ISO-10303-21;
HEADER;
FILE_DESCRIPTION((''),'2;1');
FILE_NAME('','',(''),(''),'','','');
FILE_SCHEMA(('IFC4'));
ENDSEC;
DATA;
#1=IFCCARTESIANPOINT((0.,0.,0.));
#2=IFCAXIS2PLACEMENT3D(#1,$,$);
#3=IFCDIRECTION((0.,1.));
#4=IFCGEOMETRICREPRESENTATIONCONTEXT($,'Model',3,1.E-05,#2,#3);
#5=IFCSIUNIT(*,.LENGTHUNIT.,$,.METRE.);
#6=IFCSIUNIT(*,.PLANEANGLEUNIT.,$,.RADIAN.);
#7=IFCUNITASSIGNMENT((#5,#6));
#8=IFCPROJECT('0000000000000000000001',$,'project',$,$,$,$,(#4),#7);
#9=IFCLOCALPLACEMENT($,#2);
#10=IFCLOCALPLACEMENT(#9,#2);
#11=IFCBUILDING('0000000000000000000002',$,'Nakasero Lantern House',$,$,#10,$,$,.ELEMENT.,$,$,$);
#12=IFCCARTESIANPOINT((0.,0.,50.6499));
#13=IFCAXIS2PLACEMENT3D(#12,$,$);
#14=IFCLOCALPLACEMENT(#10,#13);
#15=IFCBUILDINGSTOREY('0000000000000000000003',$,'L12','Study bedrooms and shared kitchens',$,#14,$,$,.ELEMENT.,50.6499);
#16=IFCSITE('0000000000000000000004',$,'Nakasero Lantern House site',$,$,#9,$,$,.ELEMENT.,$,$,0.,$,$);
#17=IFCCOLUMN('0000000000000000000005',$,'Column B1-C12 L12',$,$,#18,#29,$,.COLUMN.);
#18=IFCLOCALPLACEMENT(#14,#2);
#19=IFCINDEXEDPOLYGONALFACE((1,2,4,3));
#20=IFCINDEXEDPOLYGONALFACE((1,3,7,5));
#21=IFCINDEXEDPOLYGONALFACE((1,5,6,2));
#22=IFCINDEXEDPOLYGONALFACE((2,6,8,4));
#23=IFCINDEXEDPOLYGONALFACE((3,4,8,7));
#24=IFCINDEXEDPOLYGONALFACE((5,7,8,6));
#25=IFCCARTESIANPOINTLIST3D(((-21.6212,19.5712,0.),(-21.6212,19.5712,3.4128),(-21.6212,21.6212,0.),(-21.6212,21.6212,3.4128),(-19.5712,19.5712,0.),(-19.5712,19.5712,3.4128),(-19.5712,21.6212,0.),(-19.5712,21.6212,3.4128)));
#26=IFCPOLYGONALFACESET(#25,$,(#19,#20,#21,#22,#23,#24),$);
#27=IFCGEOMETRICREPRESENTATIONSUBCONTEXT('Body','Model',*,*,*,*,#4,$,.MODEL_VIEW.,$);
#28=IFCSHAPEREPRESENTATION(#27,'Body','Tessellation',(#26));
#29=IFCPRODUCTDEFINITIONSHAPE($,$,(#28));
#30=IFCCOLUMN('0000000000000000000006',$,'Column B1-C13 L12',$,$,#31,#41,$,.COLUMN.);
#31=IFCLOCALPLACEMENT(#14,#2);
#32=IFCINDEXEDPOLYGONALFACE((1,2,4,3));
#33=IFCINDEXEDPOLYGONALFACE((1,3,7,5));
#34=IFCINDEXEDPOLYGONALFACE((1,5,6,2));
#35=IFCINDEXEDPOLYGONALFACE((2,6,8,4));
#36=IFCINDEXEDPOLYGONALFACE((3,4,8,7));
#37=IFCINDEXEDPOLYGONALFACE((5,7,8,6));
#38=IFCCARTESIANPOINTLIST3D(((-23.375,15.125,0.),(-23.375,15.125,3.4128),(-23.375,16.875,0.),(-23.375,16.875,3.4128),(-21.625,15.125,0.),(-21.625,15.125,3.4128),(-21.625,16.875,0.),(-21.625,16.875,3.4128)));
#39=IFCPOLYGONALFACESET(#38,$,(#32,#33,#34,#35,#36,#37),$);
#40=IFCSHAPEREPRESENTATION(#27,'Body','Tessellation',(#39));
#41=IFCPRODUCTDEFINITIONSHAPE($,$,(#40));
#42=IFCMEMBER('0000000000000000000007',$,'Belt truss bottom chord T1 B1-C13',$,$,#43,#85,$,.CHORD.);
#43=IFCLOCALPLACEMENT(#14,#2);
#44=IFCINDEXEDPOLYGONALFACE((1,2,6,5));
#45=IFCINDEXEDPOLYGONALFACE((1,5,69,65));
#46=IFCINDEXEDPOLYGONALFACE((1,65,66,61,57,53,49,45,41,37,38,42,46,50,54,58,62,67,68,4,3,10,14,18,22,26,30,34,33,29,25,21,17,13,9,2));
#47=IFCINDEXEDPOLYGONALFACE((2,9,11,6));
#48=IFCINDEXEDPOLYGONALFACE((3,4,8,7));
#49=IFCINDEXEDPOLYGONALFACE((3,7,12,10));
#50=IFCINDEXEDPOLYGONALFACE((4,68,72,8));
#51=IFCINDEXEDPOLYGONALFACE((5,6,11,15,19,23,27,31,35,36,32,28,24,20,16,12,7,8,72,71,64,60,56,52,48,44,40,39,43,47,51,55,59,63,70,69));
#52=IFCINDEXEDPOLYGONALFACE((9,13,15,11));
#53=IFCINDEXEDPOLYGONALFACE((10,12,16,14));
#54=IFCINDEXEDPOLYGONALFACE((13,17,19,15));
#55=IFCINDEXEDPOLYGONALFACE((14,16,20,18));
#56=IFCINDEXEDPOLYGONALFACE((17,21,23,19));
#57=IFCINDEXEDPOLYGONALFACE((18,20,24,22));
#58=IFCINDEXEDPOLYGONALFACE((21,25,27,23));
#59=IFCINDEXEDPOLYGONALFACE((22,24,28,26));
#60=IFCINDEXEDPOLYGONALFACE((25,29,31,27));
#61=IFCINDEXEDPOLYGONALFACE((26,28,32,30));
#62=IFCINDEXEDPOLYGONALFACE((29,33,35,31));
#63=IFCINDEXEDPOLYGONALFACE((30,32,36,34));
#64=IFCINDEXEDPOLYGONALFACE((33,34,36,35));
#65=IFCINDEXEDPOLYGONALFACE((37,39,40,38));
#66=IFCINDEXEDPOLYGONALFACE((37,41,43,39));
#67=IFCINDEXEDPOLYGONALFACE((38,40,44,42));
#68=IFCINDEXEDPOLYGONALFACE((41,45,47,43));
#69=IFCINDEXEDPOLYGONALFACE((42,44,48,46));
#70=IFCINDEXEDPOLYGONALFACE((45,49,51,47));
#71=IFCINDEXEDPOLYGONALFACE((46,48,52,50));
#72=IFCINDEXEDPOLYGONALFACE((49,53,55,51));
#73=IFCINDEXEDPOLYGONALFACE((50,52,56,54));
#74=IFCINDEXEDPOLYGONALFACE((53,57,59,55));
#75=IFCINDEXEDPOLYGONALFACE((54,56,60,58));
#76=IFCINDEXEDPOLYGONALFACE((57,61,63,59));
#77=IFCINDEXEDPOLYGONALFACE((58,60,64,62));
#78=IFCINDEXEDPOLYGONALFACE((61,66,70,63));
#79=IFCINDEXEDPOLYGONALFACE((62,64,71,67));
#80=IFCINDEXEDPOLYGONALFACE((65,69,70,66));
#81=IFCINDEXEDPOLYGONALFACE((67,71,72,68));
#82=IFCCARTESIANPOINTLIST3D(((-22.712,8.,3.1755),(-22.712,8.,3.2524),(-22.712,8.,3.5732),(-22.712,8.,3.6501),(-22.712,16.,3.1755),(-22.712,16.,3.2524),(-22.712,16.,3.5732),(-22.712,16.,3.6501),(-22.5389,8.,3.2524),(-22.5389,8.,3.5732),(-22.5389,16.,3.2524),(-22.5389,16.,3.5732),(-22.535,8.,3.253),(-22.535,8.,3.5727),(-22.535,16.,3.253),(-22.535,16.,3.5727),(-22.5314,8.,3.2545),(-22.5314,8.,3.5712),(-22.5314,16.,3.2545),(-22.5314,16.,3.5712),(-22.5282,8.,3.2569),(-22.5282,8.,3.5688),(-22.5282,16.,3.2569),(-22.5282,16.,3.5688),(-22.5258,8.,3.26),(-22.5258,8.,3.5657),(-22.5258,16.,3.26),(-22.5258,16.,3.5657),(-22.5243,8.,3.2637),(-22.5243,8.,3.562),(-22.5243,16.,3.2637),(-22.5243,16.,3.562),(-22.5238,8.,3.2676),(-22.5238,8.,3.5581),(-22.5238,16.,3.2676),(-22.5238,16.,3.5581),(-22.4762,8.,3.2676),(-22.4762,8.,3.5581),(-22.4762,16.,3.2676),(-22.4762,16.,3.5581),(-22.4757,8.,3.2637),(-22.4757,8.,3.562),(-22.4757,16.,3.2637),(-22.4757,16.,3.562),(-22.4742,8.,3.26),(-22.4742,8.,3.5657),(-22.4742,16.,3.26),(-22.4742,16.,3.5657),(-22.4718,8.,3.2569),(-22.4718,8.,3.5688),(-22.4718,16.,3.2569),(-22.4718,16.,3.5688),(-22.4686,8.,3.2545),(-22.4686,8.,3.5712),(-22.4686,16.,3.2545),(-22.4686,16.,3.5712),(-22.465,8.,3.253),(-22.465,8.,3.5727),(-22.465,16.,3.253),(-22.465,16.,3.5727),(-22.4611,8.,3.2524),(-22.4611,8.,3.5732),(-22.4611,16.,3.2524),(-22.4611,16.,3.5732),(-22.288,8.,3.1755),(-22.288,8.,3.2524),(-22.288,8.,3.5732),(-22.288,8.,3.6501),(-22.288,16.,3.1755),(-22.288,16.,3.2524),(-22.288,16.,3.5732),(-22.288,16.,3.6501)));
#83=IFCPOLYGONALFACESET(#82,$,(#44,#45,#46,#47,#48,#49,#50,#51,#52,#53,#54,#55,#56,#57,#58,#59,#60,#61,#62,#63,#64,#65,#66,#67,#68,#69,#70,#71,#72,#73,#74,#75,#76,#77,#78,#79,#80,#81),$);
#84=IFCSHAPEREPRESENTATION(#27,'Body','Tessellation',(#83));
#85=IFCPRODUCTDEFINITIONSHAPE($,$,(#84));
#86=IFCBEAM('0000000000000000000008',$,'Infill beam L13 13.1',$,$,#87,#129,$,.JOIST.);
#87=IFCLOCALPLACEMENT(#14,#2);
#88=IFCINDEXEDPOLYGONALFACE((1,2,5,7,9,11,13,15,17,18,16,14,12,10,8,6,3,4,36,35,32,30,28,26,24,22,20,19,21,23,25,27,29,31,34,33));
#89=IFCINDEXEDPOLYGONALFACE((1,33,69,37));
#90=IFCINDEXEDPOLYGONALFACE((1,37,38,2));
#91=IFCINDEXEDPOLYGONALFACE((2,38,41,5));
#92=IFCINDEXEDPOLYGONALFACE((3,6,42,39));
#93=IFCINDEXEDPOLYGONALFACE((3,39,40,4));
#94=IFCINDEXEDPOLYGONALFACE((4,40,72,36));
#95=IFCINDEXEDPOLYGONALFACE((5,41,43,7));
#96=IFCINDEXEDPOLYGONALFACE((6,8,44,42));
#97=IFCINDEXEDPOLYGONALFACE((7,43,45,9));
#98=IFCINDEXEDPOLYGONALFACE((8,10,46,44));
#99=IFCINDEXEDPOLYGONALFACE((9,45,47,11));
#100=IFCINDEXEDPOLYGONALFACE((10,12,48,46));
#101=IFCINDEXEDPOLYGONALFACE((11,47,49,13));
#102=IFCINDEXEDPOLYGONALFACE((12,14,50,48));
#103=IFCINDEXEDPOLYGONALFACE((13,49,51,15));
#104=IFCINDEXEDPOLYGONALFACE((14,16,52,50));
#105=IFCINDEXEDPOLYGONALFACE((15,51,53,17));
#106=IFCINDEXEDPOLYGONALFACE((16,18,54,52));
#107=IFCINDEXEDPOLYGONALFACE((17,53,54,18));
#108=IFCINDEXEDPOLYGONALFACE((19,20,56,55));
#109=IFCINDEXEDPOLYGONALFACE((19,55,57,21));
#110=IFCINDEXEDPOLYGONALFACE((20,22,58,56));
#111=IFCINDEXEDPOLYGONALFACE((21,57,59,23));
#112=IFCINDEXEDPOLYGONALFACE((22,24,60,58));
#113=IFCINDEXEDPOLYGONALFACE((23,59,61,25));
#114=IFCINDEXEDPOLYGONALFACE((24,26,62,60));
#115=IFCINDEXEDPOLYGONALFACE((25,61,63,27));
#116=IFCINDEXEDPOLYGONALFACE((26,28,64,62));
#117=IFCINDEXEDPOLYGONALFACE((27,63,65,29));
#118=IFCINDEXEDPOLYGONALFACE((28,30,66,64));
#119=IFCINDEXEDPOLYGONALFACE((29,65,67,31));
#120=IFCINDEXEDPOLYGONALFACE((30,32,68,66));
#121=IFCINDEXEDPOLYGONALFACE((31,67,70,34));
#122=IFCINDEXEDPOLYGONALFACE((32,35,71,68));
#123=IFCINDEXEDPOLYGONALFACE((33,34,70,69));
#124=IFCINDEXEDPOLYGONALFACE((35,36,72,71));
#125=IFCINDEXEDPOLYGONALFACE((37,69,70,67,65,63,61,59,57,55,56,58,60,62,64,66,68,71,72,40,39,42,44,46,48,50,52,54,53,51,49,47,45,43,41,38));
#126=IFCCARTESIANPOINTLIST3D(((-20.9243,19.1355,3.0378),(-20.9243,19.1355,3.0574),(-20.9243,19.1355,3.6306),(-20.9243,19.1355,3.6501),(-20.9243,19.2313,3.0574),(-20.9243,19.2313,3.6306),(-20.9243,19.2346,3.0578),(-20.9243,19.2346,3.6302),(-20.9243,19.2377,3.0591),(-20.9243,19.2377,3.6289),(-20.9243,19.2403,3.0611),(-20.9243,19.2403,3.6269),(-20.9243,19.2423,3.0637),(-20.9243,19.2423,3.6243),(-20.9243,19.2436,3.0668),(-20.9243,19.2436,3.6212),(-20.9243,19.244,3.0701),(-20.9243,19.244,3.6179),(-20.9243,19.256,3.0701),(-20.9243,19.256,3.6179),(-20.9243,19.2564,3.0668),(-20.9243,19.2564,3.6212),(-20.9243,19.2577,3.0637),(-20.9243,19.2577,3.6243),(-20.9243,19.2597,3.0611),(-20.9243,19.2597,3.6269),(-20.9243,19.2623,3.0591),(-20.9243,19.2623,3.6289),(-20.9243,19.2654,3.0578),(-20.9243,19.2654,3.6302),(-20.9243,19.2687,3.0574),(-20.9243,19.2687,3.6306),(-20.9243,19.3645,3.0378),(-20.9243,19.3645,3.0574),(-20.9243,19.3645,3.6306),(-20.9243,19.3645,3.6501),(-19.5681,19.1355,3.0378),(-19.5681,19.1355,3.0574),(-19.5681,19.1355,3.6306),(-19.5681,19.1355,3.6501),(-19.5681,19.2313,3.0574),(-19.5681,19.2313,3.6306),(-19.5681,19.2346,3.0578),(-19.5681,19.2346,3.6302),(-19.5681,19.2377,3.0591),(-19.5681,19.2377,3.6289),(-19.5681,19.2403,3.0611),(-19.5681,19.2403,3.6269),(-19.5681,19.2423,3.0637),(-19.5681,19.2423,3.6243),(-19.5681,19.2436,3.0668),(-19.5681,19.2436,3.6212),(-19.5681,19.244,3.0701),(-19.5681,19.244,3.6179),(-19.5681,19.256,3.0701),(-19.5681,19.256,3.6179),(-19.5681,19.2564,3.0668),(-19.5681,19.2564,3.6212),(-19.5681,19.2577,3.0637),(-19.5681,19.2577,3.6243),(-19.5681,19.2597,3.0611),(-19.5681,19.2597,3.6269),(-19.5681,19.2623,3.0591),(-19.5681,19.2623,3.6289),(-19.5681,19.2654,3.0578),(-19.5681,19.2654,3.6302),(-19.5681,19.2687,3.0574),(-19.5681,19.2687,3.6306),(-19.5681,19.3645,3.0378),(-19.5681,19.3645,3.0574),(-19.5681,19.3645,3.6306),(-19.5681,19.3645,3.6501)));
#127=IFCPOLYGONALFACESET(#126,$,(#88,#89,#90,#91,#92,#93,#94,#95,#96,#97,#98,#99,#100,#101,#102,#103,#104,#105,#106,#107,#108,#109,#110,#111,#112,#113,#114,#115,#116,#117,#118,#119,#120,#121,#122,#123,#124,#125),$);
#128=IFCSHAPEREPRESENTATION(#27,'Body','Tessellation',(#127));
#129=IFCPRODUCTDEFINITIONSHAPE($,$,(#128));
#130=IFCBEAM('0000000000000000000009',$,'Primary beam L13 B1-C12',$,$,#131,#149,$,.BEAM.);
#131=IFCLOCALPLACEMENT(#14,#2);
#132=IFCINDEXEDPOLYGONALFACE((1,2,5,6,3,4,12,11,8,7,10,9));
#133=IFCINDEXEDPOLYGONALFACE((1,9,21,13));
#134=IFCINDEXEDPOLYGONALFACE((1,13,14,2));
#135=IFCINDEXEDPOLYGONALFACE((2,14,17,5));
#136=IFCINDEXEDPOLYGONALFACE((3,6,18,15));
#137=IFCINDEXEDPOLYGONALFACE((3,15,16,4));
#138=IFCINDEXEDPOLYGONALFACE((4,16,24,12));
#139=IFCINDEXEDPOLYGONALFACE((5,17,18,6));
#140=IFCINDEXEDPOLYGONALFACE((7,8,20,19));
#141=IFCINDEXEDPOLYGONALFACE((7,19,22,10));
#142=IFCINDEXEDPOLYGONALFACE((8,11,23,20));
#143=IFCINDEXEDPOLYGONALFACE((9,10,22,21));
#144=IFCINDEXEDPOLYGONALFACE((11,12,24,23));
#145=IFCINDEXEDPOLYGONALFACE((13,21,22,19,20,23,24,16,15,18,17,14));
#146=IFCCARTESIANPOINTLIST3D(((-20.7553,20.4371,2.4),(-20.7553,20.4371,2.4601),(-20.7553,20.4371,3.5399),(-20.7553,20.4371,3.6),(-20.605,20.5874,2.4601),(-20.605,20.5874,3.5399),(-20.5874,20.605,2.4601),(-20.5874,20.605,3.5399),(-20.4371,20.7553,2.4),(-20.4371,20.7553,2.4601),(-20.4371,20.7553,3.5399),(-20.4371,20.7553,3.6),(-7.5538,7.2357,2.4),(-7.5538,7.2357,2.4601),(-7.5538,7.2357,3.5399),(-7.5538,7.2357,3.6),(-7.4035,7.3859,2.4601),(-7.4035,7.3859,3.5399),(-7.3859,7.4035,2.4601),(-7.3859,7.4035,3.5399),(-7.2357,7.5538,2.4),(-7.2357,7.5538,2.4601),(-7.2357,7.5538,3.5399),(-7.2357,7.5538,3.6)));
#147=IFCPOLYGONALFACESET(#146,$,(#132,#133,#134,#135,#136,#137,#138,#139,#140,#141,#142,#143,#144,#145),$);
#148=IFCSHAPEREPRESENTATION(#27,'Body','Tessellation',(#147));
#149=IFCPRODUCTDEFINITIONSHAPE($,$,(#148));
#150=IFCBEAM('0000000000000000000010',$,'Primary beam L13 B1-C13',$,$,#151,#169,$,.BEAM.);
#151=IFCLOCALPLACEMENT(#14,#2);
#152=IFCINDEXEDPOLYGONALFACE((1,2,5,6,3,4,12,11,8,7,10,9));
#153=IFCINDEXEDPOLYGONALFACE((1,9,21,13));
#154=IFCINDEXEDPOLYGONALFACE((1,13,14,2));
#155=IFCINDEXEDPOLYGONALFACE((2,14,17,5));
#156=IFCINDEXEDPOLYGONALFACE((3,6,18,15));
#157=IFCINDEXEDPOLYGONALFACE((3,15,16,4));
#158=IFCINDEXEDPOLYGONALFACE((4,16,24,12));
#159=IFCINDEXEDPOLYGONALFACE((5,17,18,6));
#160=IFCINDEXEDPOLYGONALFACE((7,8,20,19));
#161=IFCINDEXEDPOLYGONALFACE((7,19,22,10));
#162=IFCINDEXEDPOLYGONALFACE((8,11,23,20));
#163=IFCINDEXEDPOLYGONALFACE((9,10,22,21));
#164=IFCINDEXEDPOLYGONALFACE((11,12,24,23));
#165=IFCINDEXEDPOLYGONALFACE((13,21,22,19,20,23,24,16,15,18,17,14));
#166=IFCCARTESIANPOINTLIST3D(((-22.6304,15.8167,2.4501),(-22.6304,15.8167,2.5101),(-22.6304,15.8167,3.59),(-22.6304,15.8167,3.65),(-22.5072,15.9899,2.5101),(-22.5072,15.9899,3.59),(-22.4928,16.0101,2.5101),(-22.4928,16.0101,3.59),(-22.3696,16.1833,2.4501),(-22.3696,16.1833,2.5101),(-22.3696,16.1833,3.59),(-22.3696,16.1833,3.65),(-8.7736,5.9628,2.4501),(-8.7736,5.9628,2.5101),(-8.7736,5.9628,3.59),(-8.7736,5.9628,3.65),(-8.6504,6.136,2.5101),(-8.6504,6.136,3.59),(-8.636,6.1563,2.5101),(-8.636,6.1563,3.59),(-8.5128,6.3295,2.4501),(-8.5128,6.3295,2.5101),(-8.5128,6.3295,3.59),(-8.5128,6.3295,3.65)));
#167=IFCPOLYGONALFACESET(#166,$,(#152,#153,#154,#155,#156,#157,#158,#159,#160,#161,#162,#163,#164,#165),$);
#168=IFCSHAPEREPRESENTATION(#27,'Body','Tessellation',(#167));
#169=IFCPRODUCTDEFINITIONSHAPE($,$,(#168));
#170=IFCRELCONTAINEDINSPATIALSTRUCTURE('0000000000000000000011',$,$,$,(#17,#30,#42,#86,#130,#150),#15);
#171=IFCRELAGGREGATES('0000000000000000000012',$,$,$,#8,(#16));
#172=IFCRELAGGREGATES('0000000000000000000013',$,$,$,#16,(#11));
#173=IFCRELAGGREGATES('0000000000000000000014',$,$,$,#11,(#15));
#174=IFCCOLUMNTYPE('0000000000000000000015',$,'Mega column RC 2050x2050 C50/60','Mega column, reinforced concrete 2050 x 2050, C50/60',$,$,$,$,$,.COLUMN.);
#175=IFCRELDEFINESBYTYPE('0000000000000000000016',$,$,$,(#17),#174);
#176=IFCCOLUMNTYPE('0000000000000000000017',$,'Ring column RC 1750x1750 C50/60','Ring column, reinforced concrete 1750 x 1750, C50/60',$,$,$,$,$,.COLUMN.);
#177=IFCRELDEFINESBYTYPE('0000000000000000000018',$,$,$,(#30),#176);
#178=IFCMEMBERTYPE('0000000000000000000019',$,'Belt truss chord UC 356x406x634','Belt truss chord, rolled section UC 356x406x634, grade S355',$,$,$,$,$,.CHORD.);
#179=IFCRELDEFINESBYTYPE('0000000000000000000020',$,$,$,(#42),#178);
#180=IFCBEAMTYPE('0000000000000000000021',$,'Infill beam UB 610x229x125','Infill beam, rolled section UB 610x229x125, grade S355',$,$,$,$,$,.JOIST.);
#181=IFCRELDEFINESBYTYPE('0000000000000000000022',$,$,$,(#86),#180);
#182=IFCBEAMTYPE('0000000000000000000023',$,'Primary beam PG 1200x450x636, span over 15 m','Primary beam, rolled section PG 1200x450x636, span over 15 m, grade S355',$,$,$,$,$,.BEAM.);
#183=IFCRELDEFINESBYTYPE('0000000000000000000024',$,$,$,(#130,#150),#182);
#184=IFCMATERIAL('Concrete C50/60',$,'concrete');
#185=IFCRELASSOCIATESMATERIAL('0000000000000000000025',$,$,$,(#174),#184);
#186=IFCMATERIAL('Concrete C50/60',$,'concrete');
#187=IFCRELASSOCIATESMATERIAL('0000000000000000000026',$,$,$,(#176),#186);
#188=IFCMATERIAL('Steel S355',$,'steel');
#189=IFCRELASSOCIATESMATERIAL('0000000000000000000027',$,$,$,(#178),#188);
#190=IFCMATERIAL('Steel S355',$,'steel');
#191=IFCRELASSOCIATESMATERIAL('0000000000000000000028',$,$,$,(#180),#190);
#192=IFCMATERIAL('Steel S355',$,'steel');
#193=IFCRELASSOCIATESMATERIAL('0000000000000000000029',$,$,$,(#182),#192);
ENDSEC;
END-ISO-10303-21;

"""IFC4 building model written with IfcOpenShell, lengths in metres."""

from ifc_helpers import new_model, si_unit, direction, frame, origin, origin_2d, place, context, subcontext, project, spatial, rectangle, i_section, extrude, material, material_profile, profile_set, type_object, element, save


model = new_model("IFC4")

# Units and contexts
model_context = context("Model", 3, precision=1e-05, world=origin(), true_north=direction((0.0, 1.0)))
body_context = subcontext(model_context, "Body", "Model", "MODEL_VIEW")
ifc_project = project(units=[si_unit("LENGTHUNIT", "METRE"), si_unit("PLANEANGLEUNIT", "RADIAN")], contexts=[model_context])

# Site, building, storey
site_placement = place(None, origin())
site = spatial("IfcSite", under=ifc_project, at=site_placement, Name="Nakasero Lantern House site", CompositionType="ELEMENT", RefElevation=0.0)
building_placement = place(site_placement, origin())
building = spatial("IfcBuilding", under=site, at=building_placement, Name="Nakasero Lantern House", CompositionType="ELEMENT")
storey_placement = place(building_placement, frame((0.0, 0.0, 50.6499)))
storey = spatial("IfcBuildingStorey", under=building, at=storey_placement, Name="L12", Description="Study bedrooms and shared kitchens", CompositionType="ELEMENT", Elevation=50.6499)

# Columns
ifc_material_1 = material(Name="Concrete C50/60", Category="concrete")
ifc_material_profile_1 = material_profile(ifc_material_1, rectangle(XDim=2.05, YDim=2.05, at=origin_2d()), Name="RC 2050x2050")
ifc_profile_set_1 = profile_set([ifc_material_profile_1], Name="Concrete C50/60")
column_type_1 = type_object("IfcColumnType", Name="Mega column RC 2050x2050 C50/60", Description="Mega column, reinforced concrete 2050 x 2050, C50/60", PredefinedType="COLUMN", material=ifc_profile_set_1)
column_1_placement = place(storey_placement, frame((-20.5962, 20.5962, 0.0), z_axis=(0.0, 0.0, 1.0), x_axis=(1.0, 0.0, 0.0)))
element("IfcColumn", 1, at=column_1_placement, inside=storey, type_object=column_type_1, Name="Column B1-C12 L12", PredefinedType="COLUMN", context=body_context, shape_type="SweptSolid", body=[
    extrude(rectangle(XDim=2.05, YDim=2.05, at=origin_2d()), origin(), (0.0, 0.0, 1.0), 3.4128),
])
ifc_material_2 = material(Name="Concrete C50/60", Category="concrete")
ifc_material_profile_2 = material_profile(ifc_material_2, rectangle(XDim=1.75, YDim=1.75, at=origin_2d()), Name="RC 1750x1750")
ifc_profile_set_2 = profile_set([ifc_material_profile_2], Name="Concrete C50/60")
column_type_2 = type_object("IfcColumnType", Name="Ring column RC 1750x1750 C50/60", Description="Ring column, reinforced concrete 1750 x 1750, C50/60", PredefinedType="COLUMN", material=ifc_profile_set_2)
column_2_placement = place(storey_placement, frame((-22.5, 16.0, 0.0), z_axis=(0.0, 0.0, 1.0), x_axis=(1.0, 0.0, 0.0)))
element("IfcColumn", 2, at=column_2_placement, inside=storey, type_object=column_type_2, Name="Column B1-C13 L12", PredefinedType="COLUMN", context=body_context, shape_type="SweptSolid", body=[
    extrude(rectangle(XDim=1.75, YDim=1.75, at=origin_2d()), origin(), (0.0, 0.0, 1.0), 3.4128),
])

# Member
ifc_material_3 = material(Name="Steel S355", Category="steel")
ifc_material_profile_3 = material_profile(ifc_material_3, i_section(OverallWidth=0.4241, OverallDepth=0.4746, WebThickness=0.0476, FlangeThickness=0.0769, FilletRadius=0.0151, at=origin_2d()), Name="UC 356x406x634")
ifc_profile_set_3 = profile_set([ifc_material_profile_3], Name="Steel S355")
member_type = type_object("IfcMemberType", Name="Belt truss chord UC 356x406x634", Description="Belt truss chord, rolled section UC 356x406x634, grade S355", PredefinedType="CHORD", material=ifc_profile_set_3)
member_placement = place(storey_placement, frame((-22.5, 16.0, 3.4128), z_axis=(0.0, -1.0, 0.0), x_axis=(1.0, 0.0, 0.0)))
element("IfcMember", 3, at=member_placement, inside=storey, type_object=member_type, Name="Belt truss bottom chord T1 B1-C13", PredefinedType="CHORD", context=body_context, shape_type="SweptSolid", body=[
    extrude(i_section(OverallWidth=0.4241, OverallDepth=0.4746, WebThickness=0.0476, FlangeThickness=0.0769, FilletRadius=0.0151, at=origin_2d()), origin(), (0.0, 0.0, 1.0), 8.0),
])

# Beams
ifc_material_4 = material(Name="Steel S355", Category="steel")
ifc_material_profile_4 = material_profile(ifc_material_4, i_section(OverallWidth=0.229, OverallDepth=0.6123, WebThickness=0.012, FlangeThickness=0.0195, FilletRadius=0.0127, at=origin_2d()), Name="UB 610x229x125")
ifc_profile_set_4 = profile_set([ifc_material_profile_4], Name="Steel S355")
beam_type_1 = type_object("IfcBeamType", Name="Infill beam UB 610x229x125", Description="Infill beam, rolled section UB 610x229x125, grade S355", PredefinedType="JOIST", material=ifc_profile_set_4)
beam_1_placement = place(storey_placement, frame((-20.9243, 19.25, 3.344), z_axis=(1.0, 0.0, 0.0), x_axis=(0.0, 1.0, 0.0)))
element("IfcBeam", 4, at=beam_1_placement, inside=storey, type_object=beam_type_1, Name="Infill beam L13 13.1", PredefinedType="JOIST", context=body_context, shape_type="SweptSolid", body=[
    extrude(i_section(OverallWidth=0.229, OverallDepth=0.6123, WebThickness=0.012, FlangeThickness=0.0195, FilletRadius=0.0127, at=origin_2d()), origin(), (0.0, 0.0, 1.0), 1.3562),
])
ifc_material_5 = material(Name="Steel S355", Category="steel")
ifc_material_profile_5 = material_profile(ifc_material_5, i_section(OverallWidth=0.45, OverallDepth=1.2, WebThickness=0.0249, FlangeThickness=0.0601, at=origin_2d()), Name="PG 1200x450x636")
ifc_profile_set_5 = profile_set([ifc_material_profile_5], Name="Steel S355")
beam_type_2 = type_object("IfcBeamType", Name="Primary beam PG 1200x450x636, span over 15 m", Description="Primary beam, rolled section PG 1200x450x636, span over 15 m, grade S355", PredefinedType="BEAM", material=ifc_profile_set_5)
beam_2_placement = place(storey_placement, frame((-20.5962, 20.5962, 3.0), z_axis=(0.707107, -0.707107, 0.0), x_axis=(0.707107, 0.707107, 0.0)))
element("IfcBeam", 5, at=beam_2_placement, inside=storey, type_object=beam_type_2, Name="Primary beam L13 B1-C12", PredefinedType="BEAM", context=body_context, shape_type="SweptSolid", body=[
    extrude(i_section(OverallWidth=0.45, OverallDepth=1.2, WebThickness=0.0249, FlangeThickness=0.0601, at=origin_2d()), origin(), (0.0, 0.0, 1.0), 18.6697),
])
beam_3_placement = place(storey_placement, frame((-22.5, 16.0, 3.05), z_axis=(0.814952, -0.579528, 0.0), x_axis=(0.579528, 0.814952, 0.0)))
element("IfcBeam", 6, at=beam_3_placement, inside=storey, type_object=beam_type_2, Name="Primary beam L13 B1-C13", PredefinedType="BEAM", context=body_context, shape_type="SweptSolid", body=[
    extrude(i_section(OverallWidth=0.45, OverallDepth=1.2, WebThickness=0.0249, FlangeThickness=0.0601, at=origin_2d()), origin(), (0.0, 0.0, 1.0), 17.0032),
])

save(model, "model.ifc")
